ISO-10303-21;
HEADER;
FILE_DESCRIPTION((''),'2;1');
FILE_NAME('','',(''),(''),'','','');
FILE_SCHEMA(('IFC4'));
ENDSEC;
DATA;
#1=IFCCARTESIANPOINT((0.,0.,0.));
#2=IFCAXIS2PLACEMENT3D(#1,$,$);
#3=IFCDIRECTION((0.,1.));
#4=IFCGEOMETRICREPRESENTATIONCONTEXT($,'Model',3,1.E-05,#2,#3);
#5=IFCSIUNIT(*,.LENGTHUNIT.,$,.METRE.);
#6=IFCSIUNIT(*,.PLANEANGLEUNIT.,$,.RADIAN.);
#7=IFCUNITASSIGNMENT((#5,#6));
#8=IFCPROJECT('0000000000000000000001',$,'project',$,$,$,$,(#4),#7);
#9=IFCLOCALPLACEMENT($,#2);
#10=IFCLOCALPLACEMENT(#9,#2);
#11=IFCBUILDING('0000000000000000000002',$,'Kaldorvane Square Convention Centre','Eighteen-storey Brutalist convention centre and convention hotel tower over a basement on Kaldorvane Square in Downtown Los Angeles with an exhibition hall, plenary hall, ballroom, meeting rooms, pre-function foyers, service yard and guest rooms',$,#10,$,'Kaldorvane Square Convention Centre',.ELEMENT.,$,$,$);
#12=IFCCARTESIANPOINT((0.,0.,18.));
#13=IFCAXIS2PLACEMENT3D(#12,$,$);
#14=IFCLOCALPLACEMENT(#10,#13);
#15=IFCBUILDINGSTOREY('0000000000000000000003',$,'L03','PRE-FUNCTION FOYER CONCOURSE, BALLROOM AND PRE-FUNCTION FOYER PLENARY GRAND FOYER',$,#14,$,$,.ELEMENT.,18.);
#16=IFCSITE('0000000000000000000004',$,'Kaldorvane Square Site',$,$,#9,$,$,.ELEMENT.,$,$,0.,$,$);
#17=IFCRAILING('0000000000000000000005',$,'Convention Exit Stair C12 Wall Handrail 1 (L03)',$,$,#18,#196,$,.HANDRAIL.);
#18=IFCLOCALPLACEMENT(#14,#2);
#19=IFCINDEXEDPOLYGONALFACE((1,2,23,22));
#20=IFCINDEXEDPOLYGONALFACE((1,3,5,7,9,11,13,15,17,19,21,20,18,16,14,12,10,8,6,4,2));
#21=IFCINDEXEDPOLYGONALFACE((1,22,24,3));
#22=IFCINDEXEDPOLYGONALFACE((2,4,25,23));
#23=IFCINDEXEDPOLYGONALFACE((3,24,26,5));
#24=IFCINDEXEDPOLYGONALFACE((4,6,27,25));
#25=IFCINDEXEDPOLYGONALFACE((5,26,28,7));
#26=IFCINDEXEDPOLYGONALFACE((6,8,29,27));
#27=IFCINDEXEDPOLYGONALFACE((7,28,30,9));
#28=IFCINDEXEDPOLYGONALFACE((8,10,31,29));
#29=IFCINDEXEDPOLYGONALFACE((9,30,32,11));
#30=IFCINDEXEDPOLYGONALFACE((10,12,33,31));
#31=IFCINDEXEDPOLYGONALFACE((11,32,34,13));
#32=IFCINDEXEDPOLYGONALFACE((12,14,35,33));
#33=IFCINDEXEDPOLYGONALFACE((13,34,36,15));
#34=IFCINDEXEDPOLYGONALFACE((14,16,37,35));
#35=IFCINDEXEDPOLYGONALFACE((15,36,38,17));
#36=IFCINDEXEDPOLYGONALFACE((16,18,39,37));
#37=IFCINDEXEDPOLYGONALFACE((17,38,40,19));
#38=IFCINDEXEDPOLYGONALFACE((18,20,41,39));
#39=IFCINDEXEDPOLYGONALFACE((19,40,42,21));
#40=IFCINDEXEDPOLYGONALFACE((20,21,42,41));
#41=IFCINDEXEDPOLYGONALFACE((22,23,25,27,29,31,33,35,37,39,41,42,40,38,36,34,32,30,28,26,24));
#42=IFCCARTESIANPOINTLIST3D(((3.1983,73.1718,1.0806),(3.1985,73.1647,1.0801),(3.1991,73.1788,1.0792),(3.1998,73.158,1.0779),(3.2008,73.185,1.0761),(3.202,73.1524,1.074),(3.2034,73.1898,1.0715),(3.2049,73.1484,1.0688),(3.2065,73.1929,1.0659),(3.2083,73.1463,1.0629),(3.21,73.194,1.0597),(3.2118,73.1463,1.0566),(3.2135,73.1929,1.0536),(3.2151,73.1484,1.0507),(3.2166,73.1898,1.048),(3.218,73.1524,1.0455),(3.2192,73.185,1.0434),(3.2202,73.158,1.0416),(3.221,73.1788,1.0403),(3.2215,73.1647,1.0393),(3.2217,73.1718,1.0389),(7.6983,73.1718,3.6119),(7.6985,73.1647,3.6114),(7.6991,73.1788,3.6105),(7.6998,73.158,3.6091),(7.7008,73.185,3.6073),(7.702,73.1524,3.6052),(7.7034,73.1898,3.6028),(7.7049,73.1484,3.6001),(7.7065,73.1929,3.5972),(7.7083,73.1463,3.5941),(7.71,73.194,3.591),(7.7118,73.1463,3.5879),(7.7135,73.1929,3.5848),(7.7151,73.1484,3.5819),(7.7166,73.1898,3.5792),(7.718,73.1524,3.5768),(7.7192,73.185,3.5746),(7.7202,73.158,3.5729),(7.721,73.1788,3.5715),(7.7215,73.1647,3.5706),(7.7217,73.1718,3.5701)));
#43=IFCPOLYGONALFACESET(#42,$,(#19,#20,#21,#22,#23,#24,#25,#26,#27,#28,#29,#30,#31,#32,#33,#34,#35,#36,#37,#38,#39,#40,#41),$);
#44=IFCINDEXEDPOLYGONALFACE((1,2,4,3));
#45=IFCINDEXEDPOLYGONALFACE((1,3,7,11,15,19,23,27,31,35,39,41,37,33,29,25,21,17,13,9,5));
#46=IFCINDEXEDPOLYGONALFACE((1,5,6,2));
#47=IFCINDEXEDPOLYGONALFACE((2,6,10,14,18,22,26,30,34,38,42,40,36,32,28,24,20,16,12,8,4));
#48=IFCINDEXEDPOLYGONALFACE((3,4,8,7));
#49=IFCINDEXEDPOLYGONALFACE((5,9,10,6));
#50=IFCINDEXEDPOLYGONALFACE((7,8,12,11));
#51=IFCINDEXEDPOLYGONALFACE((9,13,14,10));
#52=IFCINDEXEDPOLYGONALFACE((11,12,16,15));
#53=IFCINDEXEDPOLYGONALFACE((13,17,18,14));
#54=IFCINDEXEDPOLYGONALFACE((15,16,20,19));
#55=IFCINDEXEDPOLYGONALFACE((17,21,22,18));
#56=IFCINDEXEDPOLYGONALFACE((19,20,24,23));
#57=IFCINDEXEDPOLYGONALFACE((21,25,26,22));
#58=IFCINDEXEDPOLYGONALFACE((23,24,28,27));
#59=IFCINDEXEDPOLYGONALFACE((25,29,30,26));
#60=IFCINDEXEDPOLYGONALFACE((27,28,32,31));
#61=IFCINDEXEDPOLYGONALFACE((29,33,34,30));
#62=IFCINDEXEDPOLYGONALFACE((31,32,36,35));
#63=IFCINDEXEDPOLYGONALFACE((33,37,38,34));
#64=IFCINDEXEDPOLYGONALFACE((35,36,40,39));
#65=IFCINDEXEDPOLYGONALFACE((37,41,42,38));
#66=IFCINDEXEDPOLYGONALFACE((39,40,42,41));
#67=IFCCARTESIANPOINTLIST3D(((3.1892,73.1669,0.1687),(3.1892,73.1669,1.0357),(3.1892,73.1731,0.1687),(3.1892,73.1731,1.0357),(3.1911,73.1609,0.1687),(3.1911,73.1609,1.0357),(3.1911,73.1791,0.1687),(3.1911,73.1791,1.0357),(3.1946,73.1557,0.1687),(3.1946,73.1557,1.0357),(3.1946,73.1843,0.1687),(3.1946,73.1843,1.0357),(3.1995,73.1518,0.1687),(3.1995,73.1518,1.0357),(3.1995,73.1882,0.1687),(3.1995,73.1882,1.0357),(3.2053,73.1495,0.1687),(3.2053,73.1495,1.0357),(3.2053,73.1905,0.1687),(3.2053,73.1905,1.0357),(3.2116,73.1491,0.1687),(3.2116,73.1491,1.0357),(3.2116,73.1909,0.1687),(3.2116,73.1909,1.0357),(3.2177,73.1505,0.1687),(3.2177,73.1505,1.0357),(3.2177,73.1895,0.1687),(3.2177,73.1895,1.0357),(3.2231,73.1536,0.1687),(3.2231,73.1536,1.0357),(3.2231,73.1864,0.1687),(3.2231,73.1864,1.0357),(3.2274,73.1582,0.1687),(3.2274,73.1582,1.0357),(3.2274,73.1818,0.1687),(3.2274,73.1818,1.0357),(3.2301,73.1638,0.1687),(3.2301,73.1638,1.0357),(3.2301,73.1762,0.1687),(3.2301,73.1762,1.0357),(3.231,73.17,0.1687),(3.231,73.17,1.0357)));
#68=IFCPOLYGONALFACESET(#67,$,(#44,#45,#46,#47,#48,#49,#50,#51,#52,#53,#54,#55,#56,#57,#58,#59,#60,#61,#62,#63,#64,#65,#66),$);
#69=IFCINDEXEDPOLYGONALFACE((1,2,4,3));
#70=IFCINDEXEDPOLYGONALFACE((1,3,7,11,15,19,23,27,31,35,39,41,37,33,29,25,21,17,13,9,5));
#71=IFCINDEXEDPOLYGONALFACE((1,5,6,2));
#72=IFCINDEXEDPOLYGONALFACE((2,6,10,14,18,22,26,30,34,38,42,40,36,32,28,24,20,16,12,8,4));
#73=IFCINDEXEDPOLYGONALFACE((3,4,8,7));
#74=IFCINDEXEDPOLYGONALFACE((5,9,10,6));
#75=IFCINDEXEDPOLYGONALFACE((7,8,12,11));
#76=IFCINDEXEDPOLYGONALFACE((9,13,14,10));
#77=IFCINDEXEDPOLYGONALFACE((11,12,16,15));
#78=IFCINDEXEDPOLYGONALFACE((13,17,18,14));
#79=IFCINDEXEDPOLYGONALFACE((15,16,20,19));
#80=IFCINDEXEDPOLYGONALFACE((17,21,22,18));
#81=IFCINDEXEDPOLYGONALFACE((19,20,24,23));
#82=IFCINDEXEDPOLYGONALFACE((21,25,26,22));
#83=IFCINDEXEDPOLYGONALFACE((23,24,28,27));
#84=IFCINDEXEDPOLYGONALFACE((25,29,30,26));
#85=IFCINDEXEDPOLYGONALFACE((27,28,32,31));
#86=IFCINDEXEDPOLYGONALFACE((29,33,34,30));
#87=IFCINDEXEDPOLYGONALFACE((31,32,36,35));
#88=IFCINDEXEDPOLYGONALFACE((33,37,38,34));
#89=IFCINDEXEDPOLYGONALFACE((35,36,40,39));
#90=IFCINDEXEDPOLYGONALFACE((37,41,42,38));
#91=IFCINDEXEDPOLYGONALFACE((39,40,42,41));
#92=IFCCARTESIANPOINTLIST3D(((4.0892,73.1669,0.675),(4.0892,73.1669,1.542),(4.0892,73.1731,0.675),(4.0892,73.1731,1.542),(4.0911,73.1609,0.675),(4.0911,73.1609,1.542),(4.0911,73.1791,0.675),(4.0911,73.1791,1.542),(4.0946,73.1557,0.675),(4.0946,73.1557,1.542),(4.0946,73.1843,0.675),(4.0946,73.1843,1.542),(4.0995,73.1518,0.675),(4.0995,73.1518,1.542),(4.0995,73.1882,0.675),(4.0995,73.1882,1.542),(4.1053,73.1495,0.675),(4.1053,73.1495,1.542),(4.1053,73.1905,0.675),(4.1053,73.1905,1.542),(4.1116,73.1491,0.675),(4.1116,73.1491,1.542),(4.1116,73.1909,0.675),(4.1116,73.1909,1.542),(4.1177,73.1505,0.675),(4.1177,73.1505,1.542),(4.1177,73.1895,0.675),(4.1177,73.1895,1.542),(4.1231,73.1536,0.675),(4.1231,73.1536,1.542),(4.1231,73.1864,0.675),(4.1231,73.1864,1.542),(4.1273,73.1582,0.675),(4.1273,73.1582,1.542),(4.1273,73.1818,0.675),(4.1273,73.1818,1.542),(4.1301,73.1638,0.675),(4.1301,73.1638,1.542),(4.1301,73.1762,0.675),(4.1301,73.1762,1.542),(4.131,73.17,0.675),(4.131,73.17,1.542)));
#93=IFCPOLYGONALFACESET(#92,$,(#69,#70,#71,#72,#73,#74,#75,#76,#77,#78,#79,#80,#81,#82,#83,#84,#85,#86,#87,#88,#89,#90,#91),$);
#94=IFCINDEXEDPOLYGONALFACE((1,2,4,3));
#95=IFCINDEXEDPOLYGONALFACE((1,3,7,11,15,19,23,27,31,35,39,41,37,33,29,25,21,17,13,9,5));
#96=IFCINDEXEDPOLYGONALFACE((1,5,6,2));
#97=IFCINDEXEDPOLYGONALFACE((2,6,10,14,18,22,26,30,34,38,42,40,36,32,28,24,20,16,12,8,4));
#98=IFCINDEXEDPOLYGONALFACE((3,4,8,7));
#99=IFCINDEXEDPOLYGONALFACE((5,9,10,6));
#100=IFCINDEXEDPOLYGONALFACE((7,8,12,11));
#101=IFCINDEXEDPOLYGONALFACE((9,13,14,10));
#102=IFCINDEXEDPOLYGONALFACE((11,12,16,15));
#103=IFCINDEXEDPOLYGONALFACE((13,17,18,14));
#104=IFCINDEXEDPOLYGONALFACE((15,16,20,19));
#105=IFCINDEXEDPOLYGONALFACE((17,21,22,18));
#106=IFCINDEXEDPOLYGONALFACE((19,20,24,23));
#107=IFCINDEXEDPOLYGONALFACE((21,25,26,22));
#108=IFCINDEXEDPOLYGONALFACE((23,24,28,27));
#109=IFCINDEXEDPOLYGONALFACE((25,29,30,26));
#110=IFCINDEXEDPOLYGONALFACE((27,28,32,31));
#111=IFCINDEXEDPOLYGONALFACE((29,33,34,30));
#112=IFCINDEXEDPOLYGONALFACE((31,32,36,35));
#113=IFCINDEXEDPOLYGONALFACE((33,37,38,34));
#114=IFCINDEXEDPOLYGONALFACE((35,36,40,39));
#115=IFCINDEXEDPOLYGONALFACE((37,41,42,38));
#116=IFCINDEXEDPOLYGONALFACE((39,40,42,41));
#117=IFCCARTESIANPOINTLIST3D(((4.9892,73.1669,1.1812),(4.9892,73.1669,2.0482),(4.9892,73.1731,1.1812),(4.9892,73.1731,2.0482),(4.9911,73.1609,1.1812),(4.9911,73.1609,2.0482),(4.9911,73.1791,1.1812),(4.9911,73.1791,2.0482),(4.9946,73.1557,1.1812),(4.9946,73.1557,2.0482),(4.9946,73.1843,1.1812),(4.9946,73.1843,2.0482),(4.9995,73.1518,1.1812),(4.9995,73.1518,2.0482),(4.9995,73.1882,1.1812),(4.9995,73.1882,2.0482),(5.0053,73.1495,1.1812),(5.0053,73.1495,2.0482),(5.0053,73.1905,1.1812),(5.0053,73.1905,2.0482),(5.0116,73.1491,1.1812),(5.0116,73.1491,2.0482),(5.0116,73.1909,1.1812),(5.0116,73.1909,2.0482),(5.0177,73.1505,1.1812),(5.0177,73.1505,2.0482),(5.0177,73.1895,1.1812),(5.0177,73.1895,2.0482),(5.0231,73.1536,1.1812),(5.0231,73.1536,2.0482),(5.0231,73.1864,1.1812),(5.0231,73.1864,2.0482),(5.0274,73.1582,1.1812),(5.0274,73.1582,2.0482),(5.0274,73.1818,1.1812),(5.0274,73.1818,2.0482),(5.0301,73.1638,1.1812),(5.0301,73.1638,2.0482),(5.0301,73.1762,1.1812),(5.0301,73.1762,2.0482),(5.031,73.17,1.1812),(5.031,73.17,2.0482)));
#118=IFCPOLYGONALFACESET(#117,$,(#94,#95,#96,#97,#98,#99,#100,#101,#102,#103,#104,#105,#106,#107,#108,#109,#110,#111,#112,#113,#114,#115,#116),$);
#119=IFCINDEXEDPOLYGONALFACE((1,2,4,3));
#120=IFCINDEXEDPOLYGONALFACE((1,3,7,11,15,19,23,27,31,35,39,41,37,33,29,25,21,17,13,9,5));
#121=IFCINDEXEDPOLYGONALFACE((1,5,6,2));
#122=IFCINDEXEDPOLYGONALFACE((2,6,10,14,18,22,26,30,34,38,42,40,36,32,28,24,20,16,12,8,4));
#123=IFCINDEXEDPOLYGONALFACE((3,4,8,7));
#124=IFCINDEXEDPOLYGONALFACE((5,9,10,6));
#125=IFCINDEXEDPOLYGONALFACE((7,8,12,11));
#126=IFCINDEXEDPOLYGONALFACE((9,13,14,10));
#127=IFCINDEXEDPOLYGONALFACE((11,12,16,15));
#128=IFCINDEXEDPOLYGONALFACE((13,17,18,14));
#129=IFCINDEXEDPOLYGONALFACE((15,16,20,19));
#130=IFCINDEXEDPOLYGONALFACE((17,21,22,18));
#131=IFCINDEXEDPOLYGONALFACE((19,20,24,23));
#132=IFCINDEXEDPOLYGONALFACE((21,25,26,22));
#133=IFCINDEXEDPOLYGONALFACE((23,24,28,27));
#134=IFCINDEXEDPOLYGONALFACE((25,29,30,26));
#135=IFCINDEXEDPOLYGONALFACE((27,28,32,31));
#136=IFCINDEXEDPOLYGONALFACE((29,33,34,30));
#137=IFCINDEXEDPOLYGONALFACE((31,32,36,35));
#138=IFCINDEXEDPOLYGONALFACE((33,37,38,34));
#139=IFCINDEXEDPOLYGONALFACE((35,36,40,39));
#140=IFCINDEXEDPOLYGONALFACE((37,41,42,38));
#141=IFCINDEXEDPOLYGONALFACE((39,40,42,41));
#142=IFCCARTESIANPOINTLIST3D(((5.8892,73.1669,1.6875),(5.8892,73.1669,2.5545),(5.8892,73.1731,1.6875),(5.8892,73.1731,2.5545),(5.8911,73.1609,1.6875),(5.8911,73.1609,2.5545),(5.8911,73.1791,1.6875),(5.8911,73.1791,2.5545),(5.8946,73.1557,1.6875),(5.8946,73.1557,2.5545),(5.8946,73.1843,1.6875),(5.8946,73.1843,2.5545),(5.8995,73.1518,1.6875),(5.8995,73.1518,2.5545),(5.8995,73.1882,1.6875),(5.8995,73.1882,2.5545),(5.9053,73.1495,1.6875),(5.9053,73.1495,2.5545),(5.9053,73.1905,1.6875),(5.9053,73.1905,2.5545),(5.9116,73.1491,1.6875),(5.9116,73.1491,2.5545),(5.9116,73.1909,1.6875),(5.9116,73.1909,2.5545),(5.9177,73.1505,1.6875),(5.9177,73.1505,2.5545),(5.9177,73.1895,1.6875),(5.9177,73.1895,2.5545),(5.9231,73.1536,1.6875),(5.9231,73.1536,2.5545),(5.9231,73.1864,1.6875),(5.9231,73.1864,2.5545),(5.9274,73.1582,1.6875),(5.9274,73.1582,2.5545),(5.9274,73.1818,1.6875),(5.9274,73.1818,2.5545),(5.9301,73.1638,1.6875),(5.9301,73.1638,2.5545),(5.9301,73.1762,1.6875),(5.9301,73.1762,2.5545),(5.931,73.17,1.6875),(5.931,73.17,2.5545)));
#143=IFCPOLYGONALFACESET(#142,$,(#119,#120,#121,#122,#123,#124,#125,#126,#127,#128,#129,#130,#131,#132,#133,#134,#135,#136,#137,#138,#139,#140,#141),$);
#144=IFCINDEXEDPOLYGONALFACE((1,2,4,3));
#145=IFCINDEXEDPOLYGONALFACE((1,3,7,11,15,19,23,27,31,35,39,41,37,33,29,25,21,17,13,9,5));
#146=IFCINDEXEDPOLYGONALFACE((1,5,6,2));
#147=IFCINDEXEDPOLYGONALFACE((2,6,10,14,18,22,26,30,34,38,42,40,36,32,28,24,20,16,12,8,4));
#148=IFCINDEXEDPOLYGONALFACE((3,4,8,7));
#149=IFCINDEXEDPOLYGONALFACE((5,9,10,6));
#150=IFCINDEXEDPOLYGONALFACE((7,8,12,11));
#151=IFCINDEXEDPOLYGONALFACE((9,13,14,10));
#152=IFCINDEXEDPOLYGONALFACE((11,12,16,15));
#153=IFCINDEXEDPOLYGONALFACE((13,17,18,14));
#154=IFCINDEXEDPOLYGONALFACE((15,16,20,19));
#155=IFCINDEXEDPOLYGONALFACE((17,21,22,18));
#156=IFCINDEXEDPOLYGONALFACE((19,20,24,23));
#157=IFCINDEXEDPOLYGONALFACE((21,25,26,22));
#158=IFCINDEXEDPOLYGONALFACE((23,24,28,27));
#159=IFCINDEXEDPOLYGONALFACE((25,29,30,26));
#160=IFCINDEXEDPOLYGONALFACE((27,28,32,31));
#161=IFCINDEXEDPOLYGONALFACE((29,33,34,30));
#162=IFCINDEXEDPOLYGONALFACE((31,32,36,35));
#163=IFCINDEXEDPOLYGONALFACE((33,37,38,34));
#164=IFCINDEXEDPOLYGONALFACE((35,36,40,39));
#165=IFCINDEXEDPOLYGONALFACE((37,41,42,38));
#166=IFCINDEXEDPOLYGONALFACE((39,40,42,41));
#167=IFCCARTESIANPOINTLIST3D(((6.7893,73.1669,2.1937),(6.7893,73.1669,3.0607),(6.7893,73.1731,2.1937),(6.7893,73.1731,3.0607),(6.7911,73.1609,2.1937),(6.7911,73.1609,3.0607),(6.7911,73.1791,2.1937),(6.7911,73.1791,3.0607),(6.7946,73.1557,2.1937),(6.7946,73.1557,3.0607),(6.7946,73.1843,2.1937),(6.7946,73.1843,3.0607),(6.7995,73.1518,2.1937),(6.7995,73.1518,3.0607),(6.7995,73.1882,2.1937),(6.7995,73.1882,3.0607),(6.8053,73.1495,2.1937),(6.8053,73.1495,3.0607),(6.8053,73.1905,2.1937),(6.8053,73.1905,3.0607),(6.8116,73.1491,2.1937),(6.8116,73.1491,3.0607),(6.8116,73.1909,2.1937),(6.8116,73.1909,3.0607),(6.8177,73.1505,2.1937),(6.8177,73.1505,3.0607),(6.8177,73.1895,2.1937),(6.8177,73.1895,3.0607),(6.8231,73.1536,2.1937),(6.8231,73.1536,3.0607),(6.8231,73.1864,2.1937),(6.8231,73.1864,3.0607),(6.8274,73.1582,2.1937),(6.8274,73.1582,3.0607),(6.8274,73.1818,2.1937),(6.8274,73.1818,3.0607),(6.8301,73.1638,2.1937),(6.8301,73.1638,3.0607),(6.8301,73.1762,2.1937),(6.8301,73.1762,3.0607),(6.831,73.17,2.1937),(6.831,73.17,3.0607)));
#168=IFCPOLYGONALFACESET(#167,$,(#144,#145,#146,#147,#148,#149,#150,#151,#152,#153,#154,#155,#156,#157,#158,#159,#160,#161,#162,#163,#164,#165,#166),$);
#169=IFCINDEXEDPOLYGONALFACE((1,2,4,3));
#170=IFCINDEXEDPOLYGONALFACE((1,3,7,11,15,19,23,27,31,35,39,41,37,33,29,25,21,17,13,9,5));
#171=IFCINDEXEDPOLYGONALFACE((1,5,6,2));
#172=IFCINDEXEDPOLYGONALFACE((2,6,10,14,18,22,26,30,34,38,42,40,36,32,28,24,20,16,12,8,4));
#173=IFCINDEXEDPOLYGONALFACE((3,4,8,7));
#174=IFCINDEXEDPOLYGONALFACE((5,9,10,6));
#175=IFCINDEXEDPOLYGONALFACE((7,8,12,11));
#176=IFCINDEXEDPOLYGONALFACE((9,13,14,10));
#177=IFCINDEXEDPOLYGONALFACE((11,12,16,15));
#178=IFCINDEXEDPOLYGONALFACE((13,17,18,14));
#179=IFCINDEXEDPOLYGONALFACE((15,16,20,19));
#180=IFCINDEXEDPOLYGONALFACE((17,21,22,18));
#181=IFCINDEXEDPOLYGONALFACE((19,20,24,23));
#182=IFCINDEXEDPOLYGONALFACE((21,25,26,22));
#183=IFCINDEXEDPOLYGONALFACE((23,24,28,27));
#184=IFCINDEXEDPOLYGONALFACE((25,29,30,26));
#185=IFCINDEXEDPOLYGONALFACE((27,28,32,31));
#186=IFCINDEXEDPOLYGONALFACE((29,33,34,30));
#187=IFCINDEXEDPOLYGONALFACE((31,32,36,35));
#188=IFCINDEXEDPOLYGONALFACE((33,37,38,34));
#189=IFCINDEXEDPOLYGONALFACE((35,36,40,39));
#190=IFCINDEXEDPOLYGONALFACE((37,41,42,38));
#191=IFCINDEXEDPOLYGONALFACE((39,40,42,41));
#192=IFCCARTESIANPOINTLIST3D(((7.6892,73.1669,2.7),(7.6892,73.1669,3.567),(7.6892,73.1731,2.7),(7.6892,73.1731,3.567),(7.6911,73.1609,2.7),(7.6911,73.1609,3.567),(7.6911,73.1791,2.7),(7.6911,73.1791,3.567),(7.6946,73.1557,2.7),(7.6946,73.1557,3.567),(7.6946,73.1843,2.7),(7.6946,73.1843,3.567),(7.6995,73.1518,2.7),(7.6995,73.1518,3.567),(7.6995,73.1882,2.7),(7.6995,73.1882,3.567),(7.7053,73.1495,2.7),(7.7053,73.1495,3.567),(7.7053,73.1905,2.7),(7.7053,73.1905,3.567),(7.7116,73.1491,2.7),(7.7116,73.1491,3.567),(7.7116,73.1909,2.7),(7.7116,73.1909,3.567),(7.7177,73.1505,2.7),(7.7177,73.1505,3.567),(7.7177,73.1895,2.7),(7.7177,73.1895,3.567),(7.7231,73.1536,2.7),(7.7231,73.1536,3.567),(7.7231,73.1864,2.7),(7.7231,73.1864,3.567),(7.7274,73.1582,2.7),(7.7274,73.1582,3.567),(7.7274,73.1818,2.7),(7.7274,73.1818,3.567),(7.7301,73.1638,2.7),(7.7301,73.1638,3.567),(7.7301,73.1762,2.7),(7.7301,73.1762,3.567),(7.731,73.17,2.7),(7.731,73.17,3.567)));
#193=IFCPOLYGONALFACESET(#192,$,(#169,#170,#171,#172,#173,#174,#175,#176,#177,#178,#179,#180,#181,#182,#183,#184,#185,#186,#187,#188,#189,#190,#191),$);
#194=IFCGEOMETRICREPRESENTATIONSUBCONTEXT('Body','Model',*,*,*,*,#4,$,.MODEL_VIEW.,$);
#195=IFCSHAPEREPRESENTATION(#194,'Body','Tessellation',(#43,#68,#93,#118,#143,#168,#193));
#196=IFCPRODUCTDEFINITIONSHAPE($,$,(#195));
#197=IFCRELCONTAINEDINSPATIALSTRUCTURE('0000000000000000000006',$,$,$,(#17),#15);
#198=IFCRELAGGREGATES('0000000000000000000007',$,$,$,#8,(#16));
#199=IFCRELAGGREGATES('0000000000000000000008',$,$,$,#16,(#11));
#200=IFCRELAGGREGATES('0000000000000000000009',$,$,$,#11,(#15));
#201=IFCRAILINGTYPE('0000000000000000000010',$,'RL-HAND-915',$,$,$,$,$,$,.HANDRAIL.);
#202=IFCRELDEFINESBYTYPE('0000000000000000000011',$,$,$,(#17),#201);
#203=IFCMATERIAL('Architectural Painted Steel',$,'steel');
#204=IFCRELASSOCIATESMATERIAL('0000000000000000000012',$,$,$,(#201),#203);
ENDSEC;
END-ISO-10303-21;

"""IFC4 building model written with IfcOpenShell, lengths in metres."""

from ifc_helpers import new_model, si_unit, direction, frame, origin, origin_2d, place, context, subcontext, project, spatial, circle, extrude, material, type_object, element, save


model = new_model("IFC4")

# Units and contexts
model_context = context("Model", 3, precision=1e-05, world=origin(), true_north=direction((0.0, 1.0)))
body_context = subcontext(model_context, "Body", "Model", "MODEL_VIEW")
ifc_project = project(units=[si_unit("LENGTHUNIT", "METRE"), si_unit("PLANEANGLEUNIT", "RADIAN")], contexts=[model_context])

# Site, building, storey
site_placement = place(None, origin())
site = spatial("IfcSite", under=ifc_project, at=site_placement, Name="Kaldorvane Square Site", CompositionType="ELEMENT", RefElevation=0.0)
building_placement = place(site_placement, origin())
building = spatial("IfcBuilding", under=site, at=building_placement, Name="Kaldorvane Square Convention Centre", Description="Eighteen-storey Brutalist convention centre and convention hotel tower over a basement on Kaldorvane Square in Downtown Los Angeles with an exhibition hall, plenary hall, ballroom, meeting rooms, pre-function foyers, service yard and guest rooms", LongName="Kaldorvane Square Convention Centre", CompositionType="ELEMENT")
storey_placement = place(building_placement, frame((0.0, 0.0, 18.0)))
storey = spatial("IfcBuildingStorey", under=building, at=storey_placement, Name="L03", Description="PRE-FUNCTION FOYER CONCOURSE, BALLROOM AND PRE-FUNCTION FOYER PLENARY GRAND FOYER", CompositionType="ELEMENT", Elevation=18.0)

# Railing
ifc_material_1 = material(Name="Architectural Painted Steel", Category="steel")
railing_type_1 = type_object("IfcRailingType", Name="RL-HAND-915", PredefinedType="HANDRAIL", material=ifc_material_1)
railing_1_placement = place(storey_placement, frame((3.21, 73.17, 0.1687)))
element("IfcRailing", 1, at=railing_1_placement, inside=storey, type_object=railing_type_1, Name="Convention Exit Stair C12 Wall Handrail 1 (L03)", PredefinedType="HANDRAIL", context=body_context, shape_type="SweptSolid", body=[
    extrude(circle(Radius=0.024, at=origin_2d()), frame((0.0, 0.0, 0.891), z_axis=(0.871576, 0.0, 0.490261), x_axis=(0.0, 1.0, 0.0)), (0.0, 0.0, 1.0), 5.1631),
    extrude(circle(Radius=0.021, at=origin_2d()), origin(), (0.0, 0.0, 1.0), 0.867),
    extrude(circle(Radius=0.021, at=origin_2d()), frame((0.9, 0.0, 0.5063)), (0.0, 0.0, 1.0), 0.867),
    extrude(circle(Radius=0.021, at=origin_2d()), frame((1.8, 0.0, 1.0125)), (0.0, 0.0, 1.0), 0.867),
    extrude(circle(Radius=0.021, at=origin_2d()), frame((2.7, 0.0, 1.5188)), (0.0, 0.0, 1.0), 0.867),
    extrude(circle(Radius=0.021, at=origin_2d()), frame((3.6, 0.0, 2.025)), (0.0, 0.0, 1.0), 0.867),
    extrude(circle(Radius=0.021, at=origin_2d()), frame((4.5, 0.0, 2.5312)), (0.0, 0.0, 1.0), 0.867),
])

save(model, "model.ifc")
